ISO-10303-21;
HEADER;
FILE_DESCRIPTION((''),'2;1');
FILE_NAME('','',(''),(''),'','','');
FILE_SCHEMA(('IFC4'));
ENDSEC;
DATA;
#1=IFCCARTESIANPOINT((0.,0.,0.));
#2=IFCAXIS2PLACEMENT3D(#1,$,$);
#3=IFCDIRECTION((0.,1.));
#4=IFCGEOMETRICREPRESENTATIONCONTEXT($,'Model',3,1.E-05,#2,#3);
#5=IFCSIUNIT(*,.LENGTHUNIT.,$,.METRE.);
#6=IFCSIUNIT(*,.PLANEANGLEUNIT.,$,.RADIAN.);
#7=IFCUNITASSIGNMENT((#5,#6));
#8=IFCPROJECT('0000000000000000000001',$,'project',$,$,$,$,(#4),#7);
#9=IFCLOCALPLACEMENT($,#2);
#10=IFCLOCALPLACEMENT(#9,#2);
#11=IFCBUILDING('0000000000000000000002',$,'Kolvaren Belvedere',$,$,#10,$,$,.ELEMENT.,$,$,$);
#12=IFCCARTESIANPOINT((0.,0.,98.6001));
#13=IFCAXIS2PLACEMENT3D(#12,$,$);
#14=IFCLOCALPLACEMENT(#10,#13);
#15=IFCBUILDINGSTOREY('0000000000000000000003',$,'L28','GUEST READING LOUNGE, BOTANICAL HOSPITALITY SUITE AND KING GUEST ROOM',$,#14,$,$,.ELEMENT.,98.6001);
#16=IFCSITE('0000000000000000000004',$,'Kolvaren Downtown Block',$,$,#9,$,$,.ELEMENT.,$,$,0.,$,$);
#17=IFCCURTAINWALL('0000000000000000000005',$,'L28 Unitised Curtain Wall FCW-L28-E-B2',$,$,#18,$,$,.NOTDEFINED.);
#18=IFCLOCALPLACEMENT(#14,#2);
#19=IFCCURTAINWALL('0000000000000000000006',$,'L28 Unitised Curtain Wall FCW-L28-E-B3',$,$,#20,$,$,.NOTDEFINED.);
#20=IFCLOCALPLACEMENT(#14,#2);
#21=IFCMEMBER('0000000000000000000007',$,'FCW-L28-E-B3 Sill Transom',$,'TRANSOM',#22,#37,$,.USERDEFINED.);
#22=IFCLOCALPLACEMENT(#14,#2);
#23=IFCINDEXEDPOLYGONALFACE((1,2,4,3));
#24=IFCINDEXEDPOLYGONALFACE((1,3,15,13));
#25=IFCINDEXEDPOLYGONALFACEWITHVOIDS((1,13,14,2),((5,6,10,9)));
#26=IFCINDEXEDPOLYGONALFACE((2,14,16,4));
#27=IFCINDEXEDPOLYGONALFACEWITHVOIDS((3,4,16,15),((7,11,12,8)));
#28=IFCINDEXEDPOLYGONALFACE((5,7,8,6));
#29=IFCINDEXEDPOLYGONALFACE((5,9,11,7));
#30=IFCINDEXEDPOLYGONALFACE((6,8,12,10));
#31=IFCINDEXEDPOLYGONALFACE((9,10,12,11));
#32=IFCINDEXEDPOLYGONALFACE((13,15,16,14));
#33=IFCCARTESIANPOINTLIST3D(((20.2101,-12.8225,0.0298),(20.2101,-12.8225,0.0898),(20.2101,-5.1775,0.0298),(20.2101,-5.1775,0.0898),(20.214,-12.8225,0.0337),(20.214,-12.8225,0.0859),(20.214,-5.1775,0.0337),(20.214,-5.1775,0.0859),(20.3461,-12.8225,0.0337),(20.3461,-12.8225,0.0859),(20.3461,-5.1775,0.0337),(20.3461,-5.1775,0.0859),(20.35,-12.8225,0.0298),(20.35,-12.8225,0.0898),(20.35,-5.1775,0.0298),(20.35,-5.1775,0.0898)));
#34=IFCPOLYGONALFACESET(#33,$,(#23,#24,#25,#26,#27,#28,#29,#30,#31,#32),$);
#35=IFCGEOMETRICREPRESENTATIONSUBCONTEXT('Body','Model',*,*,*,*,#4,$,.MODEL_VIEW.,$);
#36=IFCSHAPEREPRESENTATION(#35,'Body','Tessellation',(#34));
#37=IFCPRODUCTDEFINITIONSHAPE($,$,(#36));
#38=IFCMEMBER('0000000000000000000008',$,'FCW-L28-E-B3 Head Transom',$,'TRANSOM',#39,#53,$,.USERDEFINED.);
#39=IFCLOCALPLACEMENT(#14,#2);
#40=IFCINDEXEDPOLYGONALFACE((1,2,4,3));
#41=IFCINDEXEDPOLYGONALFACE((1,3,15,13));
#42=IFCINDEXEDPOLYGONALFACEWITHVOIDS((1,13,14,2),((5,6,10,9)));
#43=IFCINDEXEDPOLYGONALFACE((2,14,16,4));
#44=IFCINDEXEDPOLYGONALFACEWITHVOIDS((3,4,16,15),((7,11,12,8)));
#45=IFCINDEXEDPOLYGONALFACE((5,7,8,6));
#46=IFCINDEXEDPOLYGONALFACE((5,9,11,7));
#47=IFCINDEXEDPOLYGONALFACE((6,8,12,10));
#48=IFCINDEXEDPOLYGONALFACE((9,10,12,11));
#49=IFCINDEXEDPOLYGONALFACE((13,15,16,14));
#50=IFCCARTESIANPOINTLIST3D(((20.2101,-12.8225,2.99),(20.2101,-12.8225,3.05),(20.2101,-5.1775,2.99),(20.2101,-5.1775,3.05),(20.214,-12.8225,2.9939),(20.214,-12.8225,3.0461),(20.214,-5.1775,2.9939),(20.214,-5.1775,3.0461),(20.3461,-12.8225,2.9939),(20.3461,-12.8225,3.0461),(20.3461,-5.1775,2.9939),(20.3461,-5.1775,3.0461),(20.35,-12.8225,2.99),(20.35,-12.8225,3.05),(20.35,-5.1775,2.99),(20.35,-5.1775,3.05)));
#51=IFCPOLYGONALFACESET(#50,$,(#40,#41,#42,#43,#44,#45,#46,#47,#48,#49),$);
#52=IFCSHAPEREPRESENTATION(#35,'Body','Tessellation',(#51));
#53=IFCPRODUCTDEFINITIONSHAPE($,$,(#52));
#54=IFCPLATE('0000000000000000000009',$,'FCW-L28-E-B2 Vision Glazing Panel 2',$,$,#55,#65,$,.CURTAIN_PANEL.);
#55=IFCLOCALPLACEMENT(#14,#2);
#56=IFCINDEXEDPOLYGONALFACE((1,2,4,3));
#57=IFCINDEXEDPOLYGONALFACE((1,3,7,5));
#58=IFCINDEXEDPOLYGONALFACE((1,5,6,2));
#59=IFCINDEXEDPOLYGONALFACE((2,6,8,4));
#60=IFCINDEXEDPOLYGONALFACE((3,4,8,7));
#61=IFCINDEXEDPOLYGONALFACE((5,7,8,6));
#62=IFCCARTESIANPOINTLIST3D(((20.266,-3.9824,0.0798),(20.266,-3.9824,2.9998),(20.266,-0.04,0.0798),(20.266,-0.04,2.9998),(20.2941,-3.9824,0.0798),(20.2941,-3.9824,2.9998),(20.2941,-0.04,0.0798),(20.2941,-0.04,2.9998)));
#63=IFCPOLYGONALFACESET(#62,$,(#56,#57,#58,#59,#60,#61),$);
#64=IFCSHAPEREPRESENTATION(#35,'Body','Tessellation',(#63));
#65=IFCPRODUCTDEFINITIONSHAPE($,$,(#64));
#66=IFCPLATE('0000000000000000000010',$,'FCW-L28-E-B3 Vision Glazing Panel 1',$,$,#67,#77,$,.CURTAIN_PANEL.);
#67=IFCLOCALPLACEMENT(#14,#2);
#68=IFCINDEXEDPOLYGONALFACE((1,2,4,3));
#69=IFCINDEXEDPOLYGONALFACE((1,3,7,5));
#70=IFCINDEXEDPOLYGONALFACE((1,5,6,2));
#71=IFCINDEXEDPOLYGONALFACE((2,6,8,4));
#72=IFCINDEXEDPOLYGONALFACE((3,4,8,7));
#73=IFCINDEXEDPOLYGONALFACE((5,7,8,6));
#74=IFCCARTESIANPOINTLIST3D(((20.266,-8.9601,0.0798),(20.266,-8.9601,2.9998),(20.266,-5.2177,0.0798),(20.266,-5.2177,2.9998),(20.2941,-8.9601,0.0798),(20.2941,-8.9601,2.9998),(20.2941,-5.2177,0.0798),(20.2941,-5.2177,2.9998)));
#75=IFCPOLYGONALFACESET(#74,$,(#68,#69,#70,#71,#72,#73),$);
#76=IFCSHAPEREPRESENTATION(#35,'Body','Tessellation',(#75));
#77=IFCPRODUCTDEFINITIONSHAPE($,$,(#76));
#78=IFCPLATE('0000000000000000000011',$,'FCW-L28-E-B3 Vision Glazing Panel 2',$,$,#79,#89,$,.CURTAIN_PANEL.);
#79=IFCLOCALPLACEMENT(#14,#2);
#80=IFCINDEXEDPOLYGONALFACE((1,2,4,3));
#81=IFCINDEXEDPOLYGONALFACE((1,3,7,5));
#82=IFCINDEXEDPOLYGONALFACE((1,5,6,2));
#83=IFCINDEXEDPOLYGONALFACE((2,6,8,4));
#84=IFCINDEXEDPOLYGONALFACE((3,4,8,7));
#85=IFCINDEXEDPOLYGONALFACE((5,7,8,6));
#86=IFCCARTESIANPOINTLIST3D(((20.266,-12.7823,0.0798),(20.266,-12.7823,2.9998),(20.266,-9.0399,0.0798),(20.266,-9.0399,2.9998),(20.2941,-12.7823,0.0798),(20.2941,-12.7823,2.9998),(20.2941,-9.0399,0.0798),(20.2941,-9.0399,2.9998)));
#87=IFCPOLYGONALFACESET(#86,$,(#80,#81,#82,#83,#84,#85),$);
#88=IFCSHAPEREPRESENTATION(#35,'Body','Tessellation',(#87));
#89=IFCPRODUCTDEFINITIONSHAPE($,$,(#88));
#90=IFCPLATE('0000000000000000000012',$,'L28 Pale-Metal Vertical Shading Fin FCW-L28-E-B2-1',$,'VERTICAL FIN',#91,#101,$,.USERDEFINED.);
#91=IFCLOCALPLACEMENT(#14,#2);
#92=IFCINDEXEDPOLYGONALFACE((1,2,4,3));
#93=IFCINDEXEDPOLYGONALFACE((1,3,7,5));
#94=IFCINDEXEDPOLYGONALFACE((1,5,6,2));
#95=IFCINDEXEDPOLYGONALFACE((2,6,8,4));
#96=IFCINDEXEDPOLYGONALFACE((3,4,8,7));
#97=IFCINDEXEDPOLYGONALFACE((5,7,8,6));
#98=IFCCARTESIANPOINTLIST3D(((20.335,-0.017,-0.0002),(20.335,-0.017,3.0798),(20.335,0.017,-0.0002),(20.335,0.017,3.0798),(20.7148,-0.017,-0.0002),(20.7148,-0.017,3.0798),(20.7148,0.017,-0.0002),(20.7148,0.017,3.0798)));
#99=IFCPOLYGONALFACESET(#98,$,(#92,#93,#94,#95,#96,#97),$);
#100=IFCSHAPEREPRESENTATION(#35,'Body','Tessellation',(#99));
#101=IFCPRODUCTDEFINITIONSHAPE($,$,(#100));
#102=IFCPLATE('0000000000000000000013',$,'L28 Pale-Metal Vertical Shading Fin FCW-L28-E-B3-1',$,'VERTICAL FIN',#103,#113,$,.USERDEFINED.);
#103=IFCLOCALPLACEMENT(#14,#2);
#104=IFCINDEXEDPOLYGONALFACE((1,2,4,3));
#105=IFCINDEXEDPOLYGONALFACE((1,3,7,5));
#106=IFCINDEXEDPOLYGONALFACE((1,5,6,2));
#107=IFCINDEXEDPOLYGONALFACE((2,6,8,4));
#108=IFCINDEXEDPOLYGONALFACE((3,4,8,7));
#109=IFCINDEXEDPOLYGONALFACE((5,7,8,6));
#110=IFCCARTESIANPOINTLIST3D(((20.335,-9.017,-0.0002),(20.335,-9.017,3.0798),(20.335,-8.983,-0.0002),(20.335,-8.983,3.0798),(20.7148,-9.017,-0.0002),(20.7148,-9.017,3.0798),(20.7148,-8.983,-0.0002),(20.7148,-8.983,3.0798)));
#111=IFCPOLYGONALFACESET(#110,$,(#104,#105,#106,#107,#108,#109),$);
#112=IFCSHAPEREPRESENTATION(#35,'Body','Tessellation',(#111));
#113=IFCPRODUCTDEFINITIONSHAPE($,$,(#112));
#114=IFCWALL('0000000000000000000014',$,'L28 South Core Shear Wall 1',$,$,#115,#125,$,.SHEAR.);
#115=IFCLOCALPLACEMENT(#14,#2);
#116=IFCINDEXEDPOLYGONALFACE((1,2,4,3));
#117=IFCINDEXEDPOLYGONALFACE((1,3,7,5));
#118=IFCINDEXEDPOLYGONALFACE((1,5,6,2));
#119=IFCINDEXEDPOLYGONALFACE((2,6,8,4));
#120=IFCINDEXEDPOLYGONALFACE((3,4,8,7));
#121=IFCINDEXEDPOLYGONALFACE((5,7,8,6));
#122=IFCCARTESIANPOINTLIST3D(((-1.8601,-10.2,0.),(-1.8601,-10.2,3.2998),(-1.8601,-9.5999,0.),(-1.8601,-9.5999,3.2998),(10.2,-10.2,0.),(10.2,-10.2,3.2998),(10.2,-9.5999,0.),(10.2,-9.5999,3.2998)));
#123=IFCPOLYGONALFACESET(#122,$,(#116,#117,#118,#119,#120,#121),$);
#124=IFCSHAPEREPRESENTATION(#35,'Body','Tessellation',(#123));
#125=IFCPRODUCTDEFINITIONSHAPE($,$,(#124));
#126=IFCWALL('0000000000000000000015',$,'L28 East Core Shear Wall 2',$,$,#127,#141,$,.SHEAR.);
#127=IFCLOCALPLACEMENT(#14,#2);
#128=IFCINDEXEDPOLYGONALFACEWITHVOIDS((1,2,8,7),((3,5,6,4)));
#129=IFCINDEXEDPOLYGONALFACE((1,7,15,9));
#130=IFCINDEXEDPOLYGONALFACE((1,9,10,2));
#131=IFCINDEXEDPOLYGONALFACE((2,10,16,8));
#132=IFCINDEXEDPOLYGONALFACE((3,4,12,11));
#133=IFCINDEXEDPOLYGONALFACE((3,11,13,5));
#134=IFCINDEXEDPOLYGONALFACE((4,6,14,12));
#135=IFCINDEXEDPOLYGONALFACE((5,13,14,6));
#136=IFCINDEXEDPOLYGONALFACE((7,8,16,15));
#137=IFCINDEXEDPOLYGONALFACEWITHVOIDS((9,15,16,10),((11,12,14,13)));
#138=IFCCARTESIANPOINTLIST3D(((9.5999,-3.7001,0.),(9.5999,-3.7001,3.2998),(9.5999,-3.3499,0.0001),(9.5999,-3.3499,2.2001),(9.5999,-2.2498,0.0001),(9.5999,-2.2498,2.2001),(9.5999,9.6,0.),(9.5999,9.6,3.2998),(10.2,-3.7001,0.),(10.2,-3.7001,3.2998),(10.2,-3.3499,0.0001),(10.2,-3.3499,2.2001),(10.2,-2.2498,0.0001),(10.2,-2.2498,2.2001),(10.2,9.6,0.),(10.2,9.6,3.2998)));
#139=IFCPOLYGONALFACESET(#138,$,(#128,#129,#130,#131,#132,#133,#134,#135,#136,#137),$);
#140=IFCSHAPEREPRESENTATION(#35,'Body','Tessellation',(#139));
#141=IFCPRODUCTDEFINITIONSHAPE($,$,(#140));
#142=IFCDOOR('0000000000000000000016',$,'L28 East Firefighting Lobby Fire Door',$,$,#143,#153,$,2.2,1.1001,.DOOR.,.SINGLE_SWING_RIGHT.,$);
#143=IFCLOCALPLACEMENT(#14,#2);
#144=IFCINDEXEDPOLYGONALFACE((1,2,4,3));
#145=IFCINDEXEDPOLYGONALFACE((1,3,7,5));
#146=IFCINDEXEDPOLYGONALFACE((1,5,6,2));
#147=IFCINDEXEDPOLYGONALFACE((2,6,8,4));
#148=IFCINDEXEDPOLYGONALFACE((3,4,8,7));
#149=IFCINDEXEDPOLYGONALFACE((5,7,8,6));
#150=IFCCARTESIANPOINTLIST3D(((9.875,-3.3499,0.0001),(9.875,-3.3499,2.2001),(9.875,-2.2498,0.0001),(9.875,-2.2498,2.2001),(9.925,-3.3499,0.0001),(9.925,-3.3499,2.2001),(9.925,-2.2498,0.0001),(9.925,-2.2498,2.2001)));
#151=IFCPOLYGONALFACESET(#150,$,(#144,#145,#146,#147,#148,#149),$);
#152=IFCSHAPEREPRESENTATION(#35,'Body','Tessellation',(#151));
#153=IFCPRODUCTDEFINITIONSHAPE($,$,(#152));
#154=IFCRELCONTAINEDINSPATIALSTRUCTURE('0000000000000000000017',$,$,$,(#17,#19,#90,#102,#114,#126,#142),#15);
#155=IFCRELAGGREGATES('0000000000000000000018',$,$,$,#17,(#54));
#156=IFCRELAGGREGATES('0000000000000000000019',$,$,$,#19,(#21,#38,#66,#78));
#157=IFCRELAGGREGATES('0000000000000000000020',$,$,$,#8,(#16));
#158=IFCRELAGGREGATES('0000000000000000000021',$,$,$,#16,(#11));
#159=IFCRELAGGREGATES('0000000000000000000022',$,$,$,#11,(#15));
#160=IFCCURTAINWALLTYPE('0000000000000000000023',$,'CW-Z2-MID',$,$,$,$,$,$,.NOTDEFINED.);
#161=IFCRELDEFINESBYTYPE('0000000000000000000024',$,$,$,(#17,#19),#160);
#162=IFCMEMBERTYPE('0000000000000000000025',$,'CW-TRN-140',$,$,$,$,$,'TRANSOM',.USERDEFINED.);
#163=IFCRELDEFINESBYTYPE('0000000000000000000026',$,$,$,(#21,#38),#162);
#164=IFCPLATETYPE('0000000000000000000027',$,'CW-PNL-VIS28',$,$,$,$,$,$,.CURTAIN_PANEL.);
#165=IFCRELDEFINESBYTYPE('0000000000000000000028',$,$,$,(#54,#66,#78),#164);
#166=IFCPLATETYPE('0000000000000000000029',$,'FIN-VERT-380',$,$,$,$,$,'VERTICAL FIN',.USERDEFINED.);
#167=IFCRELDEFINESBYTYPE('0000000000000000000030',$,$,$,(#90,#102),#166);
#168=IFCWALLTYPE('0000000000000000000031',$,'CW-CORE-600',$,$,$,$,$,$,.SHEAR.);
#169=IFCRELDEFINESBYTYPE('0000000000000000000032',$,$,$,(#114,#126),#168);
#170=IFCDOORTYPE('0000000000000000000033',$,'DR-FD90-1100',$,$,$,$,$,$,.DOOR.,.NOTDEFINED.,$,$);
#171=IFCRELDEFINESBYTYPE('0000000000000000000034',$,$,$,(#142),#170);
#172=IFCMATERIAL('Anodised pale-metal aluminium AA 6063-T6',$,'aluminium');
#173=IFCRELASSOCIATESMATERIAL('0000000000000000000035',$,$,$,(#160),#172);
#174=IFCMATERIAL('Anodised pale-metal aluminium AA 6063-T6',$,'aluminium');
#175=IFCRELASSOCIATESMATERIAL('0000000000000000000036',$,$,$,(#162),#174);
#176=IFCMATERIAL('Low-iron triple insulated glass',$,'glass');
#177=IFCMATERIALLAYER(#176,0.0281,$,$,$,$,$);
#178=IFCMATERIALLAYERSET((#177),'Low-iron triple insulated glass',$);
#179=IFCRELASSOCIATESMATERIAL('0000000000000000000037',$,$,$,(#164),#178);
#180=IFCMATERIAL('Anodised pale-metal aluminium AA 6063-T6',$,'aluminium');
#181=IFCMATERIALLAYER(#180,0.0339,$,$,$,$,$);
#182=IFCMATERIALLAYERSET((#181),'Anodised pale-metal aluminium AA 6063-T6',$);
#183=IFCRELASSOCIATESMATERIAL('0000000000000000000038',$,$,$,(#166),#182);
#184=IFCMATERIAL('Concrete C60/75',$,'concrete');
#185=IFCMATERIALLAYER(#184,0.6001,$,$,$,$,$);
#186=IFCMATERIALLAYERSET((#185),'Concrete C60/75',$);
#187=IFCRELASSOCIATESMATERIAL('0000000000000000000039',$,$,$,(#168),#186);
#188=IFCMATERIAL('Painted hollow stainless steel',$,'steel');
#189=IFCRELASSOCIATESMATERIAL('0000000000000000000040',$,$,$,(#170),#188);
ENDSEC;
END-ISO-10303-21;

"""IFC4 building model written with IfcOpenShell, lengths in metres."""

from ifc_helpers import new_model, si_unit, direction, frame, frame_2d, origin, origin_2d, place, context, subcontext, project, spatial, rectangle, hollow_rectangle, extrude, material, layer, layer_set, material_profile, profile_set, type_object, element, fill, aggregate, save


model = new_model("IFC4")

# Units and contexts
model_context = context("Model", 3, precision=1e-05, world=origin(), true_north=direction((0.0, 1.0)))
body_context = subcontext(model_context, "Body", "Model", "MODEL_VIEW")
ifc_project = project(units=[si_unit("LENGTHUNIT", "METRE"), si_unit("PLANEANGLEUNIT", "RADIAN")], contexts=[model_context])

# Site, building, storey
site_placement = place(None, origin())
site = spatial("IfcSite", under=ifc_project, at=site_placement, Name="Kolvaren Downtown Block", CompositionType="ELEMENT", RefElevation=0.0)
building_placement = place(site_placement, origin())
building = spatial("IfcBuilding", under=site, at=building_placement, Name="Kolvaren Belvedere", CompositionType="ELEMENT")
storey_placement = place(building_placement, frame((0.0, 0.0, 98.6001)))
storey = spatial("IfcBuildingStorey", under=building, at=storey_placement, Name="L28", Description="GUEST READING LOUNGE, BOTANICAL HOSPITALITY SUITE AND KING GUEST ROOM", CompositionType="ELEMENT", Elevation=98.6001)

# Curtain walls, members
ifc_material_1 = material(Name="Anodised pale-metal aluminium AA 6063-T6", Category="aluminium")
curtain_wall_type = type_object("IfcCurtainWallType", Name="CW-Z2-MID", PredefinedType="NOTDEFINED", material=ifc_material_1)
curtain_wall_1_placement = place(storey_placement, origin())
curtain_wall_1 = element("IfcCurtainWall", 1, at=curtain_wall_1_placement, inside=storey, type_object=curtain_wall_type, Name="L28 Unitised Curtain Wall FCW-L28-E-B2", PredefinedType="NOTDEFINED")
curtain_wall_2_placement = place(storey_placement, origin())
curtain_wall_2 = element("IfcCurtainWall", 2, at=curtain_wall_2_placement, inside=storey, type_object=curtain_wall_type, Name="L28 Unitised Curtain Wall FCW-L28-E-B3", PredefinedType="NOTDEFINED")
ifc_material_2 = material(Name="Anodised pale-metal aluminium AA 6063-T6", Category="aluminium")
ifc_material_profile_1 = material_profile(ifc_material_2, hollow_rectangle(XDim=0.0601, YDim=0.1399, WallThickness=0.0039, at=origin_2d()), Name="ALU-TRN-140X60")
ifc_profile_set_1 = profile_set([ifc_material_profile_1], Name="Anodised pale-metal aluminium AA 6063-T6")
member_type_1 = type_object("IfcMemberType", Name="CW-TRN-140", ElementType="TRANSOM", PredefinedType="USERDEFINED", material=ifc_profile_set_1)
member_1_placement = place(storey_placement, frame((20.28, -5.1775, 0.0598), z_axis=(0.0, -1.0, 0.0), x_axis=(0.0, 0.0, 1.0)))
member_1 = element("IfcMember", 3, at=member_1_placement, type_object=member_type_1, Name="FCW-L28-E-B3 Sill Transom", ObjectType="TRANSOM", PredefinedType="USERDEFINED", context=body_context, shape_type="SweptSolid", body=[
    extrude(hollow_rectangle(XDim=0.0601, YDim=0.1399, WallThickness=0.0039, at=origin_2d()), origin(), (0.0, 0.0, 1.0), 7.645),
])
member_2_placement = place(storey_placement, frame((20.28, -5.1775, 3.02), z_axis=(0.0, -1.0, 0.0), x_axis=(0.0, 0.0, 1.0)))
member_2 = element("IfcMember", 4, at=member_2_placement, type_object=member_type_1, Name="FCW-L28-E-B3 Head Transom", ObjectType="TRANSOM", PredefinedType="USERDEFINED", context=body_context, shape_type="SweptSolid", body=[
    extrude(hollow_rectangle(XDim=0.0601, YDim=0.1399, WallThickness=0.0039, at=origin_2d()), origin(), (0.0, 0.0, 1.0), 7.645),
])

# Plates
ifc_material_3 = material(Name="Low-iron triple insulated glass", Category="glass")
ifc_layer_1 = layer(ifc_material_3, 0.0281)
ifc_layer_set_1 = layer_set([ifc_layer_1], Name="Low-iron triple insulated glass")
plate_type_1 = type_object("IfcPlateType", Name="CW-PNL-VIS28", PredefinedType="CURTAIN_PANEL", material=ifc_layer_set_1)
plate_1_placement = place(storey_placement, frame((20.28, -2.0112, 0.0798), z_axis=(0.0, 0.0, 1.0), x_axis=(0.0, -1.0, 0.0)))
plate_1 = element("IfcPlate", 5, at=plate_1_placement, type_object=plate_type_1, Name="FCW-L28-E-B2 Vision Glazing Panel 2", PredefinedType="CURTAIN_PANEL", context=body_context, shape_type="SweptSolid", body=[
    extrude(rectangle(XDim=3.9424, YDim=0.0281, at=origin_2d()), origin(), (0.0, 0.0, 1.0), 2.9199),
])
aggregate(curtain_wall_1, [plate_1])
plate_2_placement = place(storey_placement, frame((20.28, -7.0889, 0.0798), z_axis=(0.0, 0.0, 1.0), x_axis=(0.0, -1.0, 0.0)))
plate_2 = element("IfcPlate", 6, at=plate_2_placement, type_object=plate_type_1, Name="FCW-L28-E-B3 Vision Glazing Panel 1", PredefinedType="CURTAIN_PANEL", context=body_context, shape_type="SweptSolid", body=[
    extrude(rectangle(XDim=3.7424, YDim=0.0281, at=origin_2d()), origin(), (0.0, 0.0, 1.0), 2.9199),
])
plate_3_placement = place(storey_placement, frame((20.28, -10.9111, 0.0798), z_axis=(0.0, 0.0, 1.0), x_axis=(0.0, -1.0, 0.0)))
plate_3 = element("IfcPlate", 7, at=plate_3_placement, type_object=plate_type_1, Name="FCW-L28-E-B3 Vision Glazing Panel 2", PredefinedType="CURTAIN_PANEL", context=body_context, shape_type="SweptSolid", body=[
    extrude(rectangle(XDim=3.7424, YDim=0.0281, at=origin_2d()), origin(), (0.0, 0.0, 1.0), 2.9199),
])
aggregate(curtain_wall_2, [member_1, member_2, plate_2, plate_3])

# Plates
ifc_material_4 = material(Name="Anodised pale-metal aluminium AA 6063-T6", Category="aluminium")
ifc_layer_2 = layer(ifc_material_4, 0.0339)
ifc_layer_set_2 = layer_set([ifc_layer_2], Name="Anodised pale-metal aluminium AA 6063-T6")
plate_type_2 = type_object("IfcPlateType", Name="FIN-VERT-380", ElementType="VERTICAL FIN", PredefinedType="USERDEFINED", material=ifc_layer_set_2)
for number, where, z_axis, x_axis, name in (
    (8, (20.5249, 0.0, -0.0002), (0.0, 0.0, 1.0), (1.0, 0.0, 0.0), "L28 Pale-Metal Vertical Shading Fin FCW-L28-E-B2-1"),
    (9, (20.5249, -9.0, -0.0002), (0.0, 0.0, 1.0), (1.0, 0.0, 0.0), "L28 Pale-Metal Vertical Shading Fin FCW-L28-E-B3-1"),
):
    element("IfcPlate", number, at=place(storey_placement, frame(where, z_axis=z_axis, x_axis=x_axis)), inside=storey, type_object=plate_type_2, Name=name, ObjectType="VERTICAL FIN", PredefinedType="USERDEFINED", context=body_context, shape_type="SweptSolid", body=[
        extrude(rectangle(XDim=0.3799, YDim=0.0339, at=origin_2d()), origin(), (0.0, 0.0, 1.0), 3.0801),
    ])

# Wall
ifc_material_5 = material(Name="Concrete C60/75", Category="concrete")
ifc_layer_3 = layer(ifc_material_5, 0.6001)
ifc_layer_set_3 = layer_set([ifc_layer_3], Name="Concrete C60/75")
wall_type_1 = type_object("IfcWallType", Name="CW-CORE-600", PredefinedType="SHEAR", material=ifc_layer_set_3)
wall_1_placement = place(storey_placement, frame((10.2, -9.8999, 0.0), z_axis=(0.0, 0.0, 1.0), x_axis=(-1.0, 0.0, 0.0)))
element("IfcWall", 10, at=wall_1_placement, inside=storey, type_object=wall_type_1, Name="L28 South Core Shear Wall 1", PredefinedType="SHEAR", context=body_context, shape_type="SweptSolid", body=[
    extrude(rectangle(XDim=12.0601, YDim=0.6001, at=frame_2d((6.03, 0.0))), origin(), (0.0, 0.0, 1.0), 3.2998),
])

# Wall, opening, door
wall_2_placement = place(storey_placement, frame((9.8999, -3.7, 0.0), z_axis=(0.0, 0.0, 1.0), x_axis=(0.0, 1.0, 0.0)))
wall_2 = element("IfcWall", 11, at=wall_2_placement, inside=storey, type_object=wall_type_1, Name="L28 East Core Shear Wall 2", PredefinedType="SHEAR", context=body_context, shape_type="SweptSolid", body=[
    extrude(rectangle(XDim=13.3, YDim=0.6001, at=frame_2d((6.6499, 0.0))), origin(), (0.0, 0.0, 1.0), 3.2998),
])
opening_1_placement = place(wall_2_placement, frame((0.3501, 0.0, 0.0)))
opening_1 = element("IfcOpeningElement", 12, at=opening_1_placement, cuts=wall_2, PredefinedType="OPENING", context=body_context, shape_type="SweptSolid", body=[
    extrude(rectangle(XDim=1.1001, YDim=2.2, at=frame_2d((0.55, 1.1001))), frame((0.0, 0.3101, 0.0), z_axis=(0.0, -1.0, 0.0), x_axis=(1.0, 0.0, 0.0)), (0.0, 0.0, 1.0), 0.6201),
])
ifc_material_6 = material(Name="Painted hollow stainless steel", Category="steel")
door_type_1 = type_object("IfcDoorType", Name="DR-FD90-1100", OperationType="NOTDEFINED", PredefinedType="DOOR", material=ifc_material_6)
door_1_placement = place(opening_1_placement, origin())
door_1 = element("IfcDoor", 13, at=door_1_placement, inside=storey, type_object=door_type_1, Name="L28 East Firefighting Lobby Fire Door", OperationType="SINGLE_SWING_RIGHT", OverallHeight=2.2, OverallWidth=1.1001, PredefinedType="DOOR", context=body_context, shape_type="SweptSolid", body=[
    extrude(rectangle(XDim=1.1001, YDim=2.2, at=frame_2d((0.55, 1.1001))), frame((0.0, 0.0249, 0.0), z_axis=(0.0, -1.0, 0.0), x_axis=(1.0, 0.0, 0.0)), (0.0, 0.0, 1.0), 0.05),
])
fill(opening_1, door_1)

save(model, "model.ifc")
